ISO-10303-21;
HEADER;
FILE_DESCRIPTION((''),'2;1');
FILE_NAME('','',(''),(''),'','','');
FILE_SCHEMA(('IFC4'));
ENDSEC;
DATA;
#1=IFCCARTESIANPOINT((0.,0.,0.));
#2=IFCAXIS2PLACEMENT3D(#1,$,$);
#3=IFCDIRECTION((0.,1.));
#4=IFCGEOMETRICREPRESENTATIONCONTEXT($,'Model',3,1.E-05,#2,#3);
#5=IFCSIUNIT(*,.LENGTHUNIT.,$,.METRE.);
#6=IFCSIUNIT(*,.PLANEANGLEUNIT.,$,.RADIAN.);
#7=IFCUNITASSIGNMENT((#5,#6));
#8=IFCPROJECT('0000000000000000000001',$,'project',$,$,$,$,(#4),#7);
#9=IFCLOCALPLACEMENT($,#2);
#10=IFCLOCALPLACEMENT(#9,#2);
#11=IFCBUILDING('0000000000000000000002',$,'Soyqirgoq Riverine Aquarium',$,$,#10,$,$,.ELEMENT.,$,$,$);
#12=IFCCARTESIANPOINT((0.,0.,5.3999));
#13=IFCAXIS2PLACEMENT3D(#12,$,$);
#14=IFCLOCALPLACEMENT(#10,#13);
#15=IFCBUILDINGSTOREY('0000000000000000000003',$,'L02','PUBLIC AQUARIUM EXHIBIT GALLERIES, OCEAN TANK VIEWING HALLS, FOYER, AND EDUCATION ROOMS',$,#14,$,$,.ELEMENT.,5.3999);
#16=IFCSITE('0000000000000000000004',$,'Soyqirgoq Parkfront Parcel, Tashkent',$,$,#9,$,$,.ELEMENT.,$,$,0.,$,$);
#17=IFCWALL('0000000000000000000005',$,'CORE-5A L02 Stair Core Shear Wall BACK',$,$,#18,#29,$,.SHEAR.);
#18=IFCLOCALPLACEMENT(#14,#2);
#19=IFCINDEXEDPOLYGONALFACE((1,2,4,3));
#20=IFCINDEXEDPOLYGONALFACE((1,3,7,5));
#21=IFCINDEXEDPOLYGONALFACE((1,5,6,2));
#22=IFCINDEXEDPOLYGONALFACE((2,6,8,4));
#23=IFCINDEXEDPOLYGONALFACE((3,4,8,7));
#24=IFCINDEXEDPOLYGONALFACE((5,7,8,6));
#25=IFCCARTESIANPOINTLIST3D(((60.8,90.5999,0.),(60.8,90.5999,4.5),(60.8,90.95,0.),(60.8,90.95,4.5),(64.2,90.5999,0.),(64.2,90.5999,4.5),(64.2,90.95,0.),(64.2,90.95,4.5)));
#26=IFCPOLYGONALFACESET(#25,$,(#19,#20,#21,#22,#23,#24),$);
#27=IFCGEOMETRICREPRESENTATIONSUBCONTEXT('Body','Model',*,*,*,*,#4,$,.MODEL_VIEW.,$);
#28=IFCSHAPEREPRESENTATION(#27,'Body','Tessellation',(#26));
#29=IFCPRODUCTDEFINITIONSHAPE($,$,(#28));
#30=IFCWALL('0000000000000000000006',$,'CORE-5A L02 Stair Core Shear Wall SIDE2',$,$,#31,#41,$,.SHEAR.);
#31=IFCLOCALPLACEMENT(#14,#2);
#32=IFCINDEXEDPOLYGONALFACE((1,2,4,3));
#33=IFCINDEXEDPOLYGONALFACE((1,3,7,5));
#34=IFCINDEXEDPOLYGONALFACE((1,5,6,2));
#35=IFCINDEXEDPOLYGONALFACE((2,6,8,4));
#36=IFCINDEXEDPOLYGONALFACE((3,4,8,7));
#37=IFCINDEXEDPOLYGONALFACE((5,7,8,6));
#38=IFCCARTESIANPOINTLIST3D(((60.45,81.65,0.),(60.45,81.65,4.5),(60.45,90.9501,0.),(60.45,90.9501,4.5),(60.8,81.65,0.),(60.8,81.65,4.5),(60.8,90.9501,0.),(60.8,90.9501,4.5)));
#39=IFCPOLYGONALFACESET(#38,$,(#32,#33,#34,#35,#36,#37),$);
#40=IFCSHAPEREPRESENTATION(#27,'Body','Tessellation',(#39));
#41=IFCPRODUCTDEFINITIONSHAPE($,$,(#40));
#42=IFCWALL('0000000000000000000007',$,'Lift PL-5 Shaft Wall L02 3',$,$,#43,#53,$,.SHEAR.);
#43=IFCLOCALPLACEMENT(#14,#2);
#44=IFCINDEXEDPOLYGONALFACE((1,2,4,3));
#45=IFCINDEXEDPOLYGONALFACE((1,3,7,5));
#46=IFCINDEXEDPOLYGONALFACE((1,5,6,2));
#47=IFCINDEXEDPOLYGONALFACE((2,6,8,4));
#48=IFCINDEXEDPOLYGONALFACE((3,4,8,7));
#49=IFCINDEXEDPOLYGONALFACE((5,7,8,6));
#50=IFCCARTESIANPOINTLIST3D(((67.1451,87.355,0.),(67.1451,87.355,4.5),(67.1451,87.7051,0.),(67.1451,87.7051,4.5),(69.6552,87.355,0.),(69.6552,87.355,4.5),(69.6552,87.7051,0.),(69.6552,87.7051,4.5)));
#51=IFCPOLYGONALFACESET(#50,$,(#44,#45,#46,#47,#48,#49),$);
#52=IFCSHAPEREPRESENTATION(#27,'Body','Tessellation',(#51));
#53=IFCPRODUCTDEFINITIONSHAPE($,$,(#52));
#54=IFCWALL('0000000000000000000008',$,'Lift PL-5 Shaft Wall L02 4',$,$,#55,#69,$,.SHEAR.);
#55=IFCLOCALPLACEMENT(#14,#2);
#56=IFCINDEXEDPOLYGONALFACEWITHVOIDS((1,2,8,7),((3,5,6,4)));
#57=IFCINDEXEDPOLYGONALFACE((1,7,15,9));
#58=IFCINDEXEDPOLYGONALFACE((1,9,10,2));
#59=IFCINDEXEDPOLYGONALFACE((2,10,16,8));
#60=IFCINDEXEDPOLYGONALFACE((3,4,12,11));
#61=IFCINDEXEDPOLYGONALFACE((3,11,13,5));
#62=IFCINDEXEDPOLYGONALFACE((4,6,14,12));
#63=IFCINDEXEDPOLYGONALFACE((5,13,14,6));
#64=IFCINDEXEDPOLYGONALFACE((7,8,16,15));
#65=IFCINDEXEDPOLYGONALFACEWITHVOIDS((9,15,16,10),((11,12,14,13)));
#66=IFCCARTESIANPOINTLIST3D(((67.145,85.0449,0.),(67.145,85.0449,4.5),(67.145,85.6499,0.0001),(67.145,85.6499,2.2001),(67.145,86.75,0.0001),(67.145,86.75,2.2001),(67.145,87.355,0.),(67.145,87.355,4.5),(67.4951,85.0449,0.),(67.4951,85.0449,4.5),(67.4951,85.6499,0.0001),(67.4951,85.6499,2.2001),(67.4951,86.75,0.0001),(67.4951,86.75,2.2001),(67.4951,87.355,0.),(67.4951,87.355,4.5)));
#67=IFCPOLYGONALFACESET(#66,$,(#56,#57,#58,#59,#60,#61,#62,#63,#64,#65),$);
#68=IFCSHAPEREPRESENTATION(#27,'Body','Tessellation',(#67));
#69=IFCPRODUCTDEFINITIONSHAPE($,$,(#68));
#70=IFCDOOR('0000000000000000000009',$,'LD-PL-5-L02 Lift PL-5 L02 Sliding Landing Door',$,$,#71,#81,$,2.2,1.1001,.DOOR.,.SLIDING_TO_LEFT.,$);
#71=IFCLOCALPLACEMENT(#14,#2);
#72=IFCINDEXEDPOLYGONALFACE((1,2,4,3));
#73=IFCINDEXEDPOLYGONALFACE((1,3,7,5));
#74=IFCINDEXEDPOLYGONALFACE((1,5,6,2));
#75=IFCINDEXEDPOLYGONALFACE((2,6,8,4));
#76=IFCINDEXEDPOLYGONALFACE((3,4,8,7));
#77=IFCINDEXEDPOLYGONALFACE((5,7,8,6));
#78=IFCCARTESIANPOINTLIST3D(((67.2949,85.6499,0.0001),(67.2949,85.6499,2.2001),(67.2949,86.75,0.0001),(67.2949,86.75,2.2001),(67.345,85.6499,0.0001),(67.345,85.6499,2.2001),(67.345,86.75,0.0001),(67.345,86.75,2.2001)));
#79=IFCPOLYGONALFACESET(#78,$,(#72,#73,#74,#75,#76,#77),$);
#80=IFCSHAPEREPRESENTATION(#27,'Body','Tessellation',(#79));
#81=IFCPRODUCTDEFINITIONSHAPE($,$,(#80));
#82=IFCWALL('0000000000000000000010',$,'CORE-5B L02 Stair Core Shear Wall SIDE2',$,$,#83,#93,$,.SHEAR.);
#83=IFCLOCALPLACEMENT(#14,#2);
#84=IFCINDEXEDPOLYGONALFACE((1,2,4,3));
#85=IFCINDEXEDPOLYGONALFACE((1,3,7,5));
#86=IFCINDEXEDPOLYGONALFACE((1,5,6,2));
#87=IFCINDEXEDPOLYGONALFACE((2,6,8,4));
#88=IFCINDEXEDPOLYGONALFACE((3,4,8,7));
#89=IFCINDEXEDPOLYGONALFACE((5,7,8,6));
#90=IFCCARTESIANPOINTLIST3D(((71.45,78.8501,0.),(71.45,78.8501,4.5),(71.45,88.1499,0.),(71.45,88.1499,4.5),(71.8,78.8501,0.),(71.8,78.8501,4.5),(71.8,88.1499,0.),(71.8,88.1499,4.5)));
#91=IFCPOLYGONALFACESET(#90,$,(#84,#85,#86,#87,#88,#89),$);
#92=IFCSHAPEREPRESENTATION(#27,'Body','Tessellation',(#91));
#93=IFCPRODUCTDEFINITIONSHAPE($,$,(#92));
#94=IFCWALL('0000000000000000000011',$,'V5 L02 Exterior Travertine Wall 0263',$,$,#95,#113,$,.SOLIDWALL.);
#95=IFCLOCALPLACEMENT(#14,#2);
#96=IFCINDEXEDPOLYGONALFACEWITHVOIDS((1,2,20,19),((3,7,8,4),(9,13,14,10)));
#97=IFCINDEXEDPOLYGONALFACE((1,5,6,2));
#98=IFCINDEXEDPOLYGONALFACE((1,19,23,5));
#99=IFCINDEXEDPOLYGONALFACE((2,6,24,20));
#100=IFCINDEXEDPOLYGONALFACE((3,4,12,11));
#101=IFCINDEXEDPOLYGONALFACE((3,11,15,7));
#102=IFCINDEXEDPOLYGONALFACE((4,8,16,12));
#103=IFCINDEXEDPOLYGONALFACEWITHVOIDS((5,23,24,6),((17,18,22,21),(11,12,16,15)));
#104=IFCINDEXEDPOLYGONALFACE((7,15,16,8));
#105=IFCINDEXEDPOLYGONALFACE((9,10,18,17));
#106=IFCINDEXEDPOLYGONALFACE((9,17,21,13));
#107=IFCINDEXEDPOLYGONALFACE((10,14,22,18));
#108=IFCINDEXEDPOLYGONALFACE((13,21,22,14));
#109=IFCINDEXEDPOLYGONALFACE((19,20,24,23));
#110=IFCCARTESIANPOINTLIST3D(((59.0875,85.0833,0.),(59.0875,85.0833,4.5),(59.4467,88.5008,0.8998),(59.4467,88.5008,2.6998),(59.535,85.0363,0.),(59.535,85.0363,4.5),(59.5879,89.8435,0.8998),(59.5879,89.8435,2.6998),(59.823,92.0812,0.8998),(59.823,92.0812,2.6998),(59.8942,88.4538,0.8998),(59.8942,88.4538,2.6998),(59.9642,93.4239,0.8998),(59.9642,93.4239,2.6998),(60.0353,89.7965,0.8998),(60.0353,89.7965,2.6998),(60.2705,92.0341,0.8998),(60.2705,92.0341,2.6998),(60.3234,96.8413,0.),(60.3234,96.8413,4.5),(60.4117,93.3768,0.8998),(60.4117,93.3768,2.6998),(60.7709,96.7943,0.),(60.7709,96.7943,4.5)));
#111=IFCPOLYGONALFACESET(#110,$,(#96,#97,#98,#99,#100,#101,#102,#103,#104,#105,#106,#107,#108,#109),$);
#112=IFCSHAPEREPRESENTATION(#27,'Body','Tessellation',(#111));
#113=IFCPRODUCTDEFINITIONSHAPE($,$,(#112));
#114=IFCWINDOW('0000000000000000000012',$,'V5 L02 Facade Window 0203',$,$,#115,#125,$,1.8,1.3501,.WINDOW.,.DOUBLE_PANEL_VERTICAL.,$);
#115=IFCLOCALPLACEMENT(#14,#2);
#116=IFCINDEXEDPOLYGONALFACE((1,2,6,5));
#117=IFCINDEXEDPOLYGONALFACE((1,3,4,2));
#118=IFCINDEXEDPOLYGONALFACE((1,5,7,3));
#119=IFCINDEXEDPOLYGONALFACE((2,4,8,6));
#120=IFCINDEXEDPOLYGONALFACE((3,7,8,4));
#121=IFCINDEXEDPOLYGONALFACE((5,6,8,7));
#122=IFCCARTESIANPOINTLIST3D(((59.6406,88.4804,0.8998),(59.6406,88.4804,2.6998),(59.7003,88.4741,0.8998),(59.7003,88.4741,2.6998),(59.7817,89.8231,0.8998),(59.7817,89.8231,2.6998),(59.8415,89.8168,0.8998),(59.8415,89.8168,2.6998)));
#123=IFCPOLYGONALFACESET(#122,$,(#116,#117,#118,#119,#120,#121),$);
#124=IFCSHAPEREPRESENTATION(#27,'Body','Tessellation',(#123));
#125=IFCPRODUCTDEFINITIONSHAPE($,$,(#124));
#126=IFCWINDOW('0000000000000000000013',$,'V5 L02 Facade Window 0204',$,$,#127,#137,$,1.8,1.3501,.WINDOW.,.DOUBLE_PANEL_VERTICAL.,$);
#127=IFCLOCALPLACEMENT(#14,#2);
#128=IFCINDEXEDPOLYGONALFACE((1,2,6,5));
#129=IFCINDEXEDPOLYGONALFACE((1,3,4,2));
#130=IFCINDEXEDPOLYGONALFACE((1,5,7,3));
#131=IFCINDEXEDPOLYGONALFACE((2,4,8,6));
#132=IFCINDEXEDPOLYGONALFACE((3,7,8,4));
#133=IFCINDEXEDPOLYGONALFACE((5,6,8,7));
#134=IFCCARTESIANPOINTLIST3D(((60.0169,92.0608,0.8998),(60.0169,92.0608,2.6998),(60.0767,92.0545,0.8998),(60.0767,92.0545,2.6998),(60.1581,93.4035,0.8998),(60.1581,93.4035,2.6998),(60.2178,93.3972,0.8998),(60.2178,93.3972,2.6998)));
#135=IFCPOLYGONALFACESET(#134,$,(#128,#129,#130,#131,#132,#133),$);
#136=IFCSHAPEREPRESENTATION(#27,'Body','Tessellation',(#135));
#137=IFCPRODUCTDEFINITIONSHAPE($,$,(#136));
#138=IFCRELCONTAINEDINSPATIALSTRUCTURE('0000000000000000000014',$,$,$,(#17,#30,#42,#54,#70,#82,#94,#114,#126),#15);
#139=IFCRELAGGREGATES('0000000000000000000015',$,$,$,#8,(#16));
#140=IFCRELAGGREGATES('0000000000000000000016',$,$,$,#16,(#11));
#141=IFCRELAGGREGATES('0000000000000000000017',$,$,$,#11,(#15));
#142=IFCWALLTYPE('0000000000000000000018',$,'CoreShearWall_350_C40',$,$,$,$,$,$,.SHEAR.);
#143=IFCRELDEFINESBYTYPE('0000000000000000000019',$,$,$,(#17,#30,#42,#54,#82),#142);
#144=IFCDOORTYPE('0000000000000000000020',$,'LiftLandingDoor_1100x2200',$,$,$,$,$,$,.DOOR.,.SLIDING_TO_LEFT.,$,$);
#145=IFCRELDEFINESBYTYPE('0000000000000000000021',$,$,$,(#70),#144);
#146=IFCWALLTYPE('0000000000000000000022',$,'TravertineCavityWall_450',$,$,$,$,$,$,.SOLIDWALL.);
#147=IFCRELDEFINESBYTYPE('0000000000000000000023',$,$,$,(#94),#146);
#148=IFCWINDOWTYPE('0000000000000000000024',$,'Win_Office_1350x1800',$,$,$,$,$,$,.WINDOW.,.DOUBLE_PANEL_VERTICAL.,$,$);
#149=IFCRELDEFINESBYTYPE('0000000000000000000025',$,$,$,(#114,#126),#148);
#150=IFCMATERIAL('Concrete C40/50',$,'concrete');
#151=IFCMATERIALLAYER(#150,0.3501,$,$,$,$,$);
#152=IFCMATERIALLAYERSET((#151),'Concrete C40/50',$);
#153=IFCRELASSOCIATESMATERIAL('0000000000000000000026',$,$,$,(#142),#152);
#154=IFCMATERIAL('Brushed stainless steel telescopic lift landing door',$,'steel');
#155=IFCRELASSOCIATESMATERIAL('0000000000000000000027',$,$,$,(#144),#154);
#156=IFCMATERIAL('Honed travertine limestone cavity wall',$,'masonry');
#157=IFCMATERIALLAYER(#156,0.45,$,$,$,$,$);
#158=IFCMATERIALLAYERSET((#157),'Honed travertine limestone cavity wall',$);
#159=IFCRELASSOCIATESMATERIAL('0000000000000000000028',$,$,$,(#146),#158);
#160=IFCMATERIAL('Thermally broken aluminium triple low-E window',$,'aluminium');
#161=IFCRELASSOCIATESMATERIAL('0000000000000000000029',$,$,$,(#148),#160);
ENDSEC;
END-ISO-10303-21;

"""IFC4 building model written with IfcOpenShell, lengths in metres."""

from ifc_helpers import new_model, si_unit, direction, frame, frame_2d, origin, place, context, subcontext, project, spatial, rectangle, extrude, material, layer, layer_set, type_object, element, fill, save


model = new_model("IFC4")

# Units and contexts
model_context = context("Model", 3, precision=1e-05, world=origin(), true_north=direction((0.0, 1.0)))
body_context = subcontext(model_context, "Body", "Model", "MODEL_VIEW")
ifc_project = project(units=[si_unit("LENGTHUNIT", "METRE"), si_unit("PLANEANGLEUNIT", "RADIAN")], contexts=[model_context])

# Site, building, storey
site_placement = place(None, origin())
site = spatial("IfcSite", under=ifc_project, at=site_placement, Name="Soyqirgoq Parkfront Parcel, Tashkent", CompositionType="ELEMENT", RefElevation=0.0)
building_placement = place(site_placement, origin())
building = spatial("IfcBuilding", under=site, at=building_placement, Name="Soyqirgoq Riverine Aquarium", CompositionType="ELEMENT")
storey_placement = place(building_placement, frame((0.0, 0.0, 5.3999)))
storey = spatial("IfcBuildingStorey", under=building, at=storey_placement, Name="L02", Description="PUBLIC AQUARIUM EXHIBIT GALLERIES, OCEAN TANK VIEWING HALLS, FOYER, AND EDUCATION ROOMS", CompositionType="ELEMENT", Elevation=5.3999)

# Walls
ifc_material_1 = material(Name="Concrete C40/50", Category="concrete")
ifc_layer_1 = layer(ifc_material_1, 0.3501)
ifc_layer_set_1 = layer_set([ifc_layer_1], Name="Concrete C40/50")
wall_type_1 = type_object("IfcWallType", Name="CoreShearWall_350_C40", PredefinedType="SHEAR", material=ifc_layer_set_1)
wall_1_placement = place(storey_placement, frame((64.2, 90.7749, 0.0), z_axis=(0.0, 0.0, 1.0), x_axis=(-1.0, 0.0, 0.0)))
element("IfcWall", 1, at=wall_1_placement, inside=storey, type_object=wall_type_1, Name="CORE-5A L02 Stair Core Shear Wall BACK", PredefinedType="SHEAR", context=body_context, shape_type="SweptSolid", body=[
    extrude(rectangle(XDim=3.3999, YDim=0.3501, at=frame_2d((1.7, 0.0))), origin(), (0.0, 0.0, 1.0), 4.5),
])
wall_2_placement = place(storey_placement, frame((60.625, 90.95, 0.0), z_axis=(0.0, 0.0, 1.0), x_axis=(0.0, -1.0, 0.0)))
element("IfcWall", 2, at=wall_2_placement, inside=storey, type_object=wall_type_1, Name="CORE-5A L02 Stair Core Shear Wall SIDE2", PredefinedType="SHEAR", context=body_context, shape_type="SweptSolid", body=[
    extrude(rectangle(XDim=9.3, YDim=0.3501, at=frame_2d((4.6499, 0.0))), origin(), (0.0, 0.0, 1.0), 4.5),
])
wall_3_placement = place(storey_placement, frame((69.655, 87.53, 0.0), z_axis=(0.0, 0.0, 1.0), x_axis=(-1.0, 0.0, 0.0)))
element("IfcWall", 3, at=wall_3_placement, inside=storey, type_object=wall_type_1, Name="Lift PL-5 Shaft Wall L02 3", PredefinedType="SHEAR", context=body_context, shape_type="SweptSolid", body=[
    extrude(rectangle(XDim=2.51, YDim=0.3501, at=frame_2d((1.2549, 0.0))), origin(), (0.0, 0.0, 1.0), 4.5),
])

# Wall, opening, door
wall_4_placement = place(storey_placement, frame((67.3201, 87.355, 0.0), z_axis=(0.0, 0.0, 1.0), x_axis=(0.0, -1.0, 0.0)))
wall_4 = element("IfcWall", 4, at=wall_4_placement, inside=storey, type_object=wall_type_1, Name="Lift PL-5 Shaft Wall L02 4", PredefinedType="SHEAR", context=body_context, shape_type="SweptSolid", body=[
    extrude(rectangle(XDim=2.3101, YDim=0.3501, at=frame_2d((1.155, 0.0))), origin(), (0.0, 0.0, 1.0), 4.5),
])
opening_1_placement = place(wall_4_placement, frame((0.605, 0.0, 0.0)))
opening_1 = element("IfcOpeningElement", 5, at=opening_1_placement, cuts=wall_4, PredefinedType="OPENING", context=body_context, shape_type="SweptSolid", body=[
    extrude(rectangle(XDim=1.1001, YDim=2.2, at=frame_2d((0.55, 1.1001))), frame((0.0, 0.1851, 0.0), z_axis=(0.0, -1.0, 0.0), x_axis=(1.0, 0.0, 0.0)), (0.0, 0.0, 1.0), 0.3701),
])
ifc_material_2 = material(Name="Brushed stainless steel telescopic lift landing door", Category="steel")
door_type = type_object("IfcDoorType", Name="LiftLandingDoor_1100x2200", OperationType="SLIDING_TO_LEFT", PredefinedType="DOOR", material=ifc_material_2)
door_placement = place(opening_1_placement, origin())
door = element("IfcDoor", 6, at=door_placement, inside=storey, type_object=door_type, Name="LD-PL-5-L02 Lift PL-5 L02 Sliding Landing Door", OperationType="SLIDING_TO_LEFT", OverallHeight=2.2, OverallWidth=1.1001, PredefinedType="DOOR", context=body_context, shape_type="SweptSolid", body=[
    extrude(rectangle(XDim=1.1001, YDim=2.2, at=frame_2d((0.55, 1.1001))), frame((0.0, 0.0249, 0.0), z_axis=(0.0, -1.0, 0.0), x_axis=(1.0, 0.0, 0.0)), (0.0, 0.0, 1.0), 0.05),
])
fill(opening_1, door)

# Wall
wall_5_placement = place(storey_placement, frame((71.625, 88.1499, 0.0), z_axis=(0.0, 0.0, 1.0), x_axis=(0.0, -1.0, 0.0)))
element("IfcWall", 7, at=wall_5_placement, inside=storey, type_object=wall_type_1, Name="CORE-5B L02 Stair Core Shear Wall SIDE2", PredefinedType="SHEAR", context=body_context, shape_type="SweptSolid", body=[
    extrude(rectangle(XDim=9.2998, YDim=0.3501, at=frame_2d((4.6499, 0.0))), origin(), (0.0, 0.0, 1.0), 4.5),
])

# Wall, openings, windows
ifc_material_3 = material(Name="Honed travertine limestone cavity wall", Category="masonry")
ifc_layer_2 = layer(ifc_material_3, 0.45)
ifc_layer_set_2 = layer_set([ifc_layer_2], Name="Honed travertine limestone cavity wall")
wall_type_2 = type_object("IfcWallType", Name="TravertineCavityWall_450", PredefinedType="SOLIDWALL", material=ifc_layer_set_2)
wall_6_placement = place(storey_placement, frame((59.3113, 85.0598, 0.0), z_axis=(0.0, 0.0, 1.0), x_axis=(0.10453, 0.994522, 0.0)))
wall_6 = element("IfcWall", 8, at=wall_6_placement, inside=storey, type_object=wall_type_2, Name="V5 L02 Exterior Travertine Wall 0263", PredefinedType="SOLIDWALL", context=body_context, shape_type="SweptSolid", body=[
    extrude(rectangle(XDim=11.8228, YDim=0.45, at=frame_2d((5.9114, 0.0))), origin(), (0.0, 0.0, 1.0), 4.5),
])
opening_2_placement = place(wall_6_placement, frame((3.4363, 0.0, 0.8999)))
opening_2 = element("IfcOpeningElement", 9, at=opening_2_placement, cuts=wall_6, PredefinedType="OPENING", context=body_context, shape_type="SweptSolid", body=[
    extrude(rectangle(XDim=1.3501, YDim=1.8, at=frame_2d((0.675, 0.8999))), frame((0.0, 0.2349, 0.0), z_axis=(0.0, -1.0, 0.0), x_axis=(1.0, 0.0, 0.0)), (0.0, 0.0, 1.0), 0.47),
])
opening_3_placement = place(wall_6_placement, frame((7.0364, 0.0, 0.8999)))
opening_3 = element("IfcOpeningElement", 10, at=opening_3_placement, cuts=wall_6, PredefinedType="OPENING", context=body_context, shape_type="SweptSolid", body=[
    extrude(rectangle(XDim=1.3501, YDim=1.8, at=frame_2d((0.675, 0.8999))), frame((0.0, 0.2349, 0.0), z_axis=(0.0, -1.0, 0.0), x_axis=(1.0, 0.0, 0.0)), (0.0, 0.0, 1.0), 0.47),
])
ifc_material_4 = material(Name="Thermally broken aluminium triple low-E window", Category="aluminium")
window_type_1 = type_object("IfcWindowType", Name="Win_Office_1350x1800", PartitioningType="DOUBLE_PANEL_VERTICAL", PredefinedType="WINDOW", material=ifc_material_4)
window_1_placement = place(opening_2_placement, origin())
window_1 = element("IfcWindow", 11, at=window_1_placement, inside=storey, type_object=window_type_1, Name="V5 L02 Facade Window 0203", OverallHeight=1.8, OverallWidth=1.3501, PartitioningType="DOUBLE_PANEL_VERTICAL", PredefinedType="WINDOW", context=body_context, shape_type="SweptSolid", body=[
    extrude(rectangle(XDim=1.3501, YDim=1.8, at=frame_2d((0.675, 0.8999))), frame((0.0, 0.03, 0.0), z_axis=(0.0, -1.0, 0.0), x_axis=(1.0, 0.0, 0.0)), (0.0, 0.0, 1.0), 0.0601),
])
fill(opening_2, window_1)
window_2_placement = place(opening_3_placement, origin())
window_2 = element("IfcWindow", 12, at=window_2_placement, inside=storey, type_object=window_type_1, Name="V5 L02 Facade Window 0204", OverallHeight=1.8, OverallWidth=1.3501, PartitioningType="DOUBLE_PANEL_VERTICAL", PredefinedType="WINDOW", context=body_context, shape_type="SweptSolid", body=[
    extrude(rectangle(XDim=1.3501, YDim=1.8, at=frame_2d((0.675, 0.8999))), frame((0.0, 0.03, 0.0), z_axis=(0.0, -1.0, 0.0), x_axis=(1.0, 0.0, 0.0)), (0.0, 0.0, 1.0), 0.0601),
])
fill(opening_3, window_2)

save(model, "model.ifc")
